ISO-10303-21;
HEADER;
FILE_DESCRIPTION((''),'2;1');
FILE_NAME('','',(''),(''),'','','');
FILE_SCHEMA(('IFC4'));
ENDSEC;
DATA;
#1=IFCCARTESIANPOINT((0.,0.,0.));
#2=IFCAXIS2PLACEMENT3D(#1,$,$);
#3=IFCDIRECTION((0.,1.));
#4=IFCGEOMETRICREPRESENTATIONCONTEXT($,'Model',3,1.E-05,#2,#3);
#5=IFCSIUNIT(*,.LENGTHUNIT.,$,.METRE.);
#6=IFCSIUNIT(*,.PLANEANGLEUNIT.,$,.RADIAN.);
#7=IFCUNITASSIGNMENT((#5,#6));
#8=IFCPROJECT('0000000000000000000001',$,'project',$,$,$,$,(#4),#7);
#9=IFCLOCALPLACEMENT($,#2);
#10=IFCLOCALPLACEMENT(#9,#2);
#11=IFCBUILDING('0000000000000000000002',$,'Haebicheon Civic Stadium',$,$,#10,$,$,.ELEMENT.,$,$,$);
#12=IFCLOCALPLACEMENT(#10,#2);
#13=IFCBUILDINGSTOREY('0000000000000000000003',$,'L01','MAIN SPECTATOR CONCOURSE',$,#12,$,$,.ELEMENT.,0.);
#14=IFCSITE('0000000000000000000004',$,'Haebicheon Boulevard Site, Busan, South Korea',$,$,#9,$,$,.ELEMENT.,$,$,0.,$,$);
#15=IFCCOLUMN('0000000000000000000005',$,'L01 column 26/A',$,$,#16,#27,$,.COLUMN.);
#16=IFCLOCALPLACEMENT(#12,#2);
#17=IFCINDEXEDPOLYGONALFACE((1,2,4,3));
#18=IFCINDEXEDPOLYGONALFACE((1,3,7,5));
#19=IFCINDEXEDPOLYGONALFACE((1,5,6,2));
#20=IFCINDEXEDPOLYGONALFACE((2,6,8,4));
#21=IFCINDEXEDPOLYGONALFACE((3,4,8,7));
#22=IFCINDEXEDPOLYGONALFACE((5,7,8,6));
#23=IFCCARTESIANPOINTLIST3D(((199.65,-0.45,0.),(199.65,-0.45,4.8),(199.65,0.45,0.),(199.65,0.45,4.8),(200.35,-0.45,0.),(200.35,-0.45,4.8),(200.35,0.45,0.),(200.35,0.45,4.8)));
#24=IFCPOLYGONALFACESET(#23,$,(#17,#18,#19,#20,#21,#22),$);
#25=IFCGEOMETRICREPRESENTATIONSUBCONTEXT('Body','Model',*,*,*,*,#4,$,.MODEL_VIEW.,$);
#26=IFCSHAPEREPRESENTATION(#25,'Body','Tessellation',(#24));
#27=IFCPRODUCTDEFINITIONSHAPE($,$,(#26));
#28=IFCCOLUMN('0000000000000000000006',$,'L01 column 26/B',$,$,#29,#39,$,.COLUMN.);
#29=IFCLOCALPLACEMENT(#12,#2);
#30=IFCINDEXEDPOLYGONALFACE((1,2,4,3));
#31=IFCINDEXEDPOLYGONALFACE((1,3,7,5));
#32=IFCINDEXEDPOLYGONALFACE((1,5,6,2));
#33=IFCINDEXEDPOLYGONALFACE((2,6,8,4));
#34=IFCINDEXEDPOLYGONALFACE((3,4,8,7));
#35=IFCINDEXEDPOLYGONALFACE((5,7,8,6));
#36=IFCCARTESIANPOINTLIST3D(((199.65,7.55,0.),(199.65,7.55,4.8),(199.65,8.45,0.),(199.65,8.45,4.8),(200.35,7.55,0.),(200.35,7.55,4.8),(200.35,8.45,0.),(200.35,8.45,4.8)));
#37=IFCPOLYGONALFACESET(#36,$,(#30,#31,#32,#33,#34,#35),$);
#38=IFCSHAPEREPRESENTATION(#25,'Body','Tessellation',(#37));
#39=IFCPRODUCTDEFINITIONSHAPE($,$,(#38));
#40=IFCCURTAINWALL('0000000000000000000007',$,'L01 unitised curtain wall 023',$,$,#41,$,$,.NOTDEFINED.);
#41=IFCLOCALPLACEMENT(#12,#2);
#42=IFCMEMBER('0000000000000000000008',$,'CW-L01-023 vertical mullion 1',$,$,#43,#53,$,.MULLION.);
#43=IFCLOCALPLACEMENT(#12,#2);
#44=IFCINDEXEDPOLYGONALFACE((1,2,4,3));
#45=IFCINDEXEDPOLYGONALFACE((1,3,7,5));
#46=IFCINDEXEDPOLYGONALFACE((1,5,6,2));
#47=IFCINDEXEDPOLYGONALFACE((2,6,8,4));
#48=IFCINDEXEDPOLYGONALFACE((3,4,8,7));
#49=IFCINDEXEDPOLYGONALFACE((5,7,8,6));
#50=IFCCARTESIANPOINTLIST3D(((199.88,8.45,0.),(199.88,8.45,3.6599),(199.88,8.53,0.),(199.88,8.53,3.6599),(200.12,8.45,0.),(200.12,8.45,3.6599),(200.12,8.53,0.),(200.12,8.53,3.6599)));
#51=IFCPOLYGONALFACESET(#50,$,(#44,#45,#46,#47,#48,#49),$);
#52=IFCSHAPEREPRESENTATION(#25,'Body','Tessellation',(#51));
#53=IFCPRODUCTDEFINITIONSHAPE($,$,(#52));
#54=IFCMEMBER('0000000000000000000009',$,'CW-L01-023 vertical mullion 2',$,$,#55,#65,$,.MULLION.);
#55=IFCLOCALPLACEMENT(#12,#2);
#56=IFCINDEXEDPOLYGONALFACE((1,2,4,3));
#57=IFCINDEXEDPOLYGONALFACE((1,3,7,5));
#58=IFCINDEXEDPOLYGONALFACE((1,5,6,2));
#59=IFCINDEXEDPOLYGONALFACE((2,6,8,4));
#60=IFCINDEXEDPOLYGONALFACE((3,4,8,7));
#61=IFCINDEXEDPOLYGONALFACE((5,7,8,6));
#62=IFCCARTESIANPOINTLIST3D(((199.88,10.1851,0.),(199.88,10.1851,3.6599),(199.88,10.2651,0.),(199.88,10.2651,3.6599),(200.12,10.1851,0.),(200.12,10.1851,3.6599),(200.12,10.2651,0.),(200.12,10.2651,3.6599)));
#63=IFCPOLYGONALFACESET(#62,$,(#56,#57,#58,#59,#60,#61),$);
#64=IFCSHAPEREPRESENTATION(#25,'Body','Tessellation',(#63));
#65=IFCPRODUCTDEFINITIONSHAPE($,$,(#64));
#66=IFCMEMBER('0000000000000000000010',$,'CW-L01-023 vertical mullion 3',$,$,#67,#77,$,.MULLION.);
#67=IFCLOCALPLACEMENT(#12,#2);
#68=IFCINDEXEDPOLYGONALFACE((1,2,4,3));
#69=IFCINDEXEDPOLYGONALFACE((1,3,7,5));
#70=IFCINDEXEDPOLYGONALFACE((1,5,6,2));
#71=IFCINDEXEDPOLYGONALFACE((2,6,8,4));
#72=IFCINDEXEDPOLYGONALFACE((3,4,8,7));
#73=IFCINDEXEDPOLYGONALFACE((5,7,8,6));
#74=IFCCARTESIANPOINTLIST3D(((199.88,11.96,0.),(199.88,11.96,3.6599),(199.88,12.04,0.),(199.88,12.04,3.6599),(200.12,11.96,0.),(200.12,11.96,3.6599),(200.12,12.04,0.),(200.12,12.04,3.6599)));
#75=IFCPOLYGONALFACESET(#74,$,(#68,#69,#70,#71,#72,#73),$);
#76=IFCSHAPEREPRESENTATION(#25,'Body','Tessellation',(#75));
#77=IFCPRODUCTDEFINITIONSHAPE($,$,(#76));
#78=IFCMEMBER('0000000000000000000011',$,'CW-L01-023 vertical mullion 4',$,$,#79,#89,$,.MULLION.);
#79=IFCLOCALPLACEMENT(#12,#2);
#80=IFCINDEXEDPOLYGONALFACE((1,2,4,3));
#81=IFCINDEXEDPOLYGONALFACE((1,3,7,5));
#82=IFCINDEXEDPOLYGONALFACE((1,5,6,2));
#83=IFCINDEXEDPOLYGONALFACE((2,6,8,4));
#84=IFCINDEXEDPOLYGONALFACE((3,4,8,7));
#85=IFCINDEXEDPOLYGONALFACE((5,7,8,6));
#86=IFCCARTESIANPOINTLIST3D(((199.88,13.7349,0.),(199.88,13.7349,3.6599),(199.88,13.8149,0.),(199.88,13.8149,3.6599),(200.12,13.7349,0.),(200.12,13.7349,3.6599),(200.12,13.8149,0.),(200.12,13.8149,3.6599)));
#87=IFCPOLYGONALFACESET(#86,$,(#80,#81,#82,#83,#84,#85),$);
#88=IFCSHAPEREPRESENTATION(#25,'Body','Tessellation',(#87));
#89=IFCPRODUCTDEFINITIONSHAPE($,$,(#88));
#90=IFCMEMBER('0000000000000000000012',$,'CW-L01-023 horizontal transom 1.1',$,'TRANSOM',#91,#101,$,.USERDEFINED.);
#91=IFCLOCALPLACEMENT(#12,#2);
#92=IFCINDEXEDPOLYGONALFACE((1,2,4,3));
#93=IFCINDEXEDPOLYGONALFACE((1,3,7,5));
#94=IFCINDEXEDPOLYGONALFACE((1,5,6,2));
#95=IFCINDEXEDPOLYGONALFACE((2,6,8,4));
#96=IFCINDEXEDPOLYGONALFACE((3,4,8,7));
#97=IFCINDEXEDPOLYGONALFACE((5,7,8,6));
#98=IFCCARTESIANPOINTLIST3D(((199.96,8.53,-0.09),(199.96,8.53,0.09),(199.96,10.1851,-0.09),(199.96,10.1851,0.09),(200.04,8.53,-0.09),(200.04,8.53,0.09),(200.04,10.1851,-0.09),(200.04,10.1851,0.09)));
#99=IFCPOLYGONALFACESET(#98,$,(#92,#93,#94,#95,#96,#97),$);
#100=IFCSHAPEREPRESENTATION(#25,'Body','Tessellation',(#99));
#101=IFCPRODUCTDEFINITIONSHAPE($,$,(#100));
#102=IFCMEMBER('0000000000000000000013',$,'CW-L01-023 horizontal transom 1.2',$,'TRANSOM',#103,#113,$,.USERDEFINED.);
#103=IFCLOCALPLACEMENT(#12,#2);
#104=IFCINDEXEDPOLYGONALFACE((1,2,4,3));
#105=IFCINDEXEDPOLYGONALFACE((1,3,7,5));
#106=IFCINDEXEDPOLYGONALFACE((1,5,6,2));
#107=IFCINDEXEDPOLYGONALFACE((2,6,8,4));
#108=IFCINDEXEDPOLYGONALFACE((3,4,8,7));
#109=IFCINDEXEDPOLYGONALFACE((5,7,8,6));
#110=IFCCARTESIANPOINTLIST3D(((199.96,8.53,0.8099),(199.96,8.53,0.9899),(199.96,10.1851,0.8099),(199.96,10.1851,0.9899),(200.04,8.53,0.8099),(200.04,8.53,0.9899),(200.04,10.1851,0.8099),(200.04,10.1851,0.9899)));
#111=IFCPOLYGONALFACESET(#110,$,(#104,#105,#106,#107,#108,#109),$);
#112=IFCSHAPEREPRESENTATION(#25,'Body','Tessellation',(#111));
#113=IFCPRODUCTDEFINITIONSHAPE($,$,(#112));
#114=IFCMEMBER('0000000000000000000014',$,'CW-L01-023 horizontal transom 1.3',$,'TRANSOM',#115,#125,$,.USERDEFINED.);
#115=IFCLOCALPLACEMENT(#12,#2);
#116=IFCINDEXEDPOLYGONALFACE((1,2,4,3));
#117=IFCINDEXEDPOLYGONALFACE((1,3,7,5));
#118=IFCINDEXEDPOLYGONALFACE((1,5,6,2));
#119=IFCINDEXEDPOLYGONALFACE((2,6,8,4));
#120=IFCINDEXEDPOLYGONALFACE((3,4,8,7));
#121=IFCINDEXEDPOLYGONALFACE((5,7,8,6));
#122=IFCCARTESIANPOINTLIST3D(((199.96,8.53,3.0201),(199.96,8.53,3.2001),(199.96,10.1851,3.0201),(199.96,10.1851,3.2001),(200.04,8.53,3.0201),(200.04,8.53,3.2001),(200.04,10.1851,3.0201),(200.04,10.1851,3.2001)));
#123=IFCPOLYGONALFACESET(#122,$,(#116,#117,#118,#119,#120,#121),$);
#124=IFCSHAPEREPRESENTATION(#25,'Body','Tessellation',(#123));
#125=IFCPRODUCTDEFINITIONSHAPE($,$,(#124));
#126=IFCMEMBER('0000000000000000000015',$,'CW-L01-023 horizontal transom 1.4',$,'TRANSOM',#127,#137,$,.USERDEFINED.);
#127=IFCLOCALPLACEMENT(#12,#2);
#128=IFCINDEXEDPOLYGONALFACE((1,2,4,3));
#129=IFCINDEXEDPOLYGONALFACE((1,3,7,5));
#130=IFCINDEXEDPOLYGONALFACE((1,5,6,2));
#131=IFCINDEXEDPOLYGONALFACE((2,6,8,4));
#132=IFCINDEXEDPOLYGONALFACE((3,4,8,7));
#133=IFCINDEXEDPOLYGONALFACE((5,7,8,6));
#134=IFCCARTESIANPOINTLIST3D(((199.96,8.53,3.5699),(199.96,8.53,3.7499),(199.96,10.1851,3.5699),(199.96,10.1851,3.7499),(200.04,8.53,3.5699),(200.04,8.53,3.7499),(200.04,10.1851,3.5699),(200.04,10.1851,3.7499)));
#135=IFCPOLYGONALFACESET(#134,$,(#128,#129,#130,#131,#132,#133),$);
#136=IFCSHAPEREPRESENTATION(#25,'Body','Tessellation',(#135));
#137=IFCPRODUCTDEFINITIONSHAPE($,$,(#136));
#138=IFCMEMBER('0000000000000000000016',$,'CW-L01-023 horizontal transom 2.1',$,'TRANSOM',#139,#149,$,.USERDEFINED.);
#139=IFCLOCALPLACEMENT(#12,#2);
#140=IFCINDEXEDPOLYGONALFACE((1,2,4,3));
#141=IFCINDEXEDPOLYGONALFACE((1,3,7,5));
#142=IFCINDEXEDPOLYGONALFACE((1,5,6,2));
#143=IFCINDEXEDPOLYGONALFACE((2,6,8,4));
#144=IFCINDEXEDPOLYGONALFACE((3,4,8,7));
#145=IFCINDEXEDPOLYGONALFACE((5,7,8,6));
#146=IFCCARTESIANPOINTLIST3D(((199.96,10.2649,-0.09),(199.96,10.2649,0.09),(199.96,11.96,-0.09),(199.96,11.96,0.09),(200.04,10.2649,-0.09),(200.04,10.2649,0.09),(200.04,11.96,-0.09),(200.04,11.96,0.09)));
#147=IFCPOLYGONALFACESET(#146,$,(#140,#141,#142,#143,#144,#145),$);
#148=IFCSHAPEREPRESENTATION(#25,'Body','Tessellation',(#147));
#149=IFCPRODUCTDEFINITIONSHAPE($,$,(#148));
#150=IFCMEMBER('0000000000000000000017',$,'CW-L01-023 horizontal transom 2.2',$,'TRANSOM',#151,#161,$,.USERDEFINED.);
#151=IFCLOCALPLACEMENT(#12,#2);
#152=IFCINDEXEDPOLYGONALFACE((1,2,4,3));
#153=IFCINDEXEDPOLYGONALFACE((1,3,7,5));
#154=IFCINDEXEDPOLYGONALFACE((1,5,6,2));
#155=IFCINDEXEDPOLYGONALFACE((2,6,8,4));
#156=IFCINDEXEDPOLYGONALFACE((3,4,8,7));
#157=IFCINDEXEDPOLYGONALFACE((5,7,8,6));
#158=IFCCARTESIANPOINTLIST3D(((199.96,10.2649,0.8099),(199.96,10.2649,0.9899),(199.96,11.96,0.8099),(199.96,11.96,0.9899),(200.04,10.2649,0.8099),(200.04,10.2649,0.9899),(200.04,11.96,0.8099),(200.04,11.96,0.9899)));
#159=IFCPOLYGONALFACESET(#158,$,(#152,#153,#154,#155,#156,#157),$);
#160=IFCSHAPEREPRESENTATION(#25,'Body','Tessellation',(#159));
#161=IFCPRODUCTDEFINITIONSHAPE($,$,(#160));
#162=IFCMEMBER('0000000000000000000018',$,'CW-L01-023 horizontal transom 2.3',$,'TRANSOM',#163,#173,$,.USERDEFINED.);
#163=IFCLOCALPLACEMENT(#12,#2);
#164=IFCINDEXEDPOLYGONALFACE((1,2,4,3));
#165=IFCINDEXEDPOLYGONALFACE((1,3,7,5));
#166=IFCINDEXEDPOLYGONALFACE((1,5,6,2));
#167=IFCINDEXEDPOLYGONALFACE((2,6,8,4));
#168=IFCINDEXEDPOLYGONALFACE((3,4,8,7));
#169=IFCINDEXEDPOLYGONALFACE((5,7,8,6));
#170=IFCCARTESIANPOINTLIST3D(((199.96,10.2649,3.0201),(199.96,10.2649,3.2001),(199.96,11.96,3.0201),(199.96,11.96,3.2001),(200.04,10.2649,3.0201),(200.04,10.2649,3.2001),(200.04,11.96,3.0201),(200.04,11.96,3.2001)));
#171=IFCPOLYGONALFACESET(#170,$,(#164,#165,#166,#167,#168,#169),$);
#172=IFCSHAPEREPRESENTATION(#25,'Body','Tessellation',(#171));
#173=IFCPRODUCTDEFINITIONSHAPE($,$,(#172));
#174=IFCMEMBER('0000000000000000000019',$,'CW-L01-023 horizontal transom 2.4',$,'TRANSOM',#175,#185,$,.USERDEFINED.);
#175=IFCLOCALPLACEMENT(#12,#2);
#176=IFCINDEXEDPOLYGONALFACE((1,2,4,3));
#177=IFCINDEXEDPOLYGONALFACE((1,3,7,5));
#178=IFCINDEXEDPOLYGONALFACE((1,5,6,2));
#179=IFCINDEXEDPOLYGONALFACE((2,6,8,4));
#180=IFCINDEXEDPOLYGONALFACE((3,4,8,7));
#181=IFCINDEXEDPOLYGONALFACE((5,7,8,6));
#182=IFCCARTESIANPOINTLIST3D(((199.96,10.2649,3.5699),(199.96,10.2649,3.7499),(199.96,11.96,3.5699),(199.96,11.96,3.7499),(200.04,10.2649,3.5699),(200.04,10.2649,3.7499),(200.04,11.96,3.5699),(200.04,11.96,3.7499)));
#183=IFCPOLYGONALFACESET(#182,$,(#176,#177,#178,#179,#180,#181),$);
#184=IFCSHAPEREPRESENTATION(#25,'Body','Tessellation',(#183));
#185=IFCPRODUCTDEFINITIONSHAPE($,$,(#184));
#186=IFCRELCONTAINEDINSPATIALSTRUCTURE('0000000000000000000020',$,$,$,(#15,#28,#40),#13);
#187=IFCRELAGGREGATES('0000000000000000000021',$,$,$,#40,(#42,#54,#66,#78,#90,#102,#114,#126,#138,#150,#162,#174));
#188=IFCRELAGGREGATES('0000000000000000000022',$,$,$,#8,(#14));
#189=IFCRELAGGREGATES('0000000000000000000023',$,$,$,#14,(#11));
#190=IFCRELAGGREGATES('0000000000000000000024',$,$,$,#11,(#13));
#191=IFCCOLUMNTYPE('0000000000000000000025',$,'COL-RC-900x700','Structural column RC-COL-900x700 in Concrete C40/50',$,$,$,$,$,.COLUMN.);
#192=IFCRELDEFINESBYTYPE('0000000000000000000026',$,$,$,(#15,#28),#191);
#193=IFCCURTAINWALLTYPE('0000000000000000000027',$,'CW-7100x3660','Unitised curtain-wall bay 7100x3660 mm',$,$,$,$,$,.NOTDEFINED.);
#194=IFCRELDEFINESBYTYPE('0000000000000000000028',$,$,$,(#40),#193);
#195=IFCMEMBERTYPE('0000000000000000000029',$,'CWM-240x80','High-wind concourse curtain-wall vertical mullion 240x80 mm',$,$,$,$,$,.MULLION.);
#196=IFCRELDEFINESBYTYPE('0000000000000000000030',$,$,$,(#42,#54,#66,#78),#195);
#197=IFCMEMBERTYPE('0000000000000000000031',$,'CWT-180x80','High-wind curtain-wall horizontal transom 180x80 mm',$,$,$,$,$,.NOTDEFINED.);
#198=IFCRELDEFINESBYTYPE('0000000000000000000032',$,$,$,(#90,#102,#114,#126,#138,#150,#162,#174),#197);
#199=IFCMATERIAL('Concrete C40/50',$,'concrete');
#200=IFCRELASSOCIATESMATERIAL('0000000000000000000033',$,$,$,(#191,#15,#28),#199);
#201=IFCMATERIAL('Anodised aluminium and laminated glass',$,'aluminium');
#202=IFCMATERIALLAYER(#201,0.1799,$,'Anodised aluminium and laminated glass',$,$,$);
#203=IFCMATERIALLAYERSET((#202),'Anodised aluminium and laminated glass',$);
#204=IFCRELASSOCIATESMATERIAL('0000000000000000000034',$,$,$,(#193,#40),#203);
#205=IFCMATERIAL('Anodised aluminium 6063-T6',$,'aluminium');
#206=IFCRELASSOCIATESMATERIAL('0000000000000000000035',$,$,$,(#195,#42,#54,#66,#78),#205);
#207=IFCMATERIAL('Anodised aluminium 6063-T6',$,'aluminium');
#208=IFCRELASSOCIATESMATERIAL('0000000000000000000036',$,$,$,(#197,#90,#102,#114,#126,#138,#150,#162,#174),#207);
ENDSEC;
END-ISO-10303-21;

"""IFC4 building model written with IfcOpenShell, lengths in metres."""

from ifc_helpers import new_model, si_unit, direction, frame, origin, origin_2d, place, context, subcontext, project, spatial, rectangle, extrude, material, layer, layer_set, material_profile, profile_set, type_object, element, aggregate, save


model = new_model("IFC4")

# Units and contexts
model_context = context("Model", 3, precision=1e-05, world=origin(), true_north=direction((0.0, 1.0)))
body_context = subcontext(model_context, "Body", "Model", "MODEL_VIEW")
ifc_project = project(units=[si_unit("LENGTHUNIT", "METRE"), si_unit("PLANEANGLEUNIT", "RADIAN")], contexts=[model_context])

# Site, building, storey
site_placement = place(None, origin())
site = spatial("IfcSite", under=ifc_project, at=site_placement, Name="Haebicheon Boulevard Site, Busan, South Korea", CompositionType="ELEMENT", RefElevation=0.0)
building_placement = place(site_placement, origin())
building = spatial("IfcBuilding", under=site, at=building_placement, Name="Haebicheon Civic Stadium", CompositionType="ELEMENT")
storey_placement = place(building_placement, origin())
storey = spatial("IfcBuildingStorey", under=building, at=storey_placement, Name="L01", Description="MAIN SPECTATOR CONCOURSE", CompositionType="ELEMENT", Elevation=0.0)

# Columns
ifc_material_1 = material(Name="Concrete C40/50", Category="concrete")
ifc_material_profile_1 = material_profile(ifc_material_1, rectangle(XDim=0.7, YDim=0.8999, at=origin_2d()), Name="RC-COL-900x700")
ifc_profile_set_1 = profile_set([ifc_material_profile_1], Name="Concrete C40/50")
column_type = type_object("IfcColumnType", Name="COL-RC-900x700", Description="Structural column RC-COL-900x700 in Concrete C40/50", PredefinedType="COLUMN", material=ifc_profile_set_1)
for number, where, z_axis, x_axis, name in (
    (1, (200.0, 0.0, 0.0), (0.0, 0.0, 1.0), (1.0, 0.0, 0.0), "L01 column 26/A"),
    (2, (200.0, 8.0, 0.0), (0.0, 0.0, 1.0), (1.0, 0.0, 0.0), "L01 column 26/B"),
):
    element("IfcColumn", number, at=place(storey_placement, frame(where, z_axis=z_axis, x_axis=x_axis)), inside=storey, type_object=column_type, material=ifc_profile_set_1, Name=name, PredefinedType="COLUMN", context=body_context, shape_type="SweptSolid", body=[
        extrude(rectangle(XDim=0.7, YDim=0.8999, at=origin_2d()), origin(), (0.0, 0.0, 1.0), 4.8),
    ])

# Curtain wall, members
ifc_material_2 = material(Name="Anodised aluminium and laminated glass", Category="aluminium")
ifc_layer_1 = layer(ifc_material_2, 0.1799, Name="Anodised aluminium and laminated glass")
ifc_layer_set_1 = layer_set([ifc_layer_1], Name="Anodised aluminium and laminated glass")
curtain_wall_type = type_object("IfcCurtainWallType", Name="CW-7100x3660", Description="Unitised curtain-wall bay 7100x3660 mm", PredefinedType="NOTDEFINED", material=ifc_layer_set_1)
curtain_wall_placement = place(storey_placement, origin())
curtain_wall = element("IfcCurtainWall", 3, at=curtain_wall_placement, inside=storey, type_object=curtain_wall_type, material=ifc_layer_set_1, Name="L01 unitised curtain wall 023", PredefinedType="NOTDEFINED")
ifc_material_3 = material(Name="Anodised aluminium 6063-T6", Category="aluminium")
ifc_material_profile_2 = material_profile(ifc_material_3, rectangle(XDim=0.0801, YDim=0.24, at=origin_2d()), Name="ALU-MULL-80x240")
ifc_profile_set_2 = profile_set([ifc_material_profile_2], Name="Anodised aluminium 6063-T6")
member_type_1 = type_object("IfcMemberType", Name="CWM-240x80", Description="High-wind concourse curtain-wall vertical mullion 240x80 mm", PredefinedType="MULLION", material=ifc_profile_set_2)
member_1_placement = place(storey_placement, frame((200.0, 8.49, 0.0), z_axis=(0.0, 0.0, 1.0), x_axis=(0.0, 1.0, 0.0)))
member_1 = element("IfcMember", 4, at=member_1_placement, type_object=member_type_1, material=ifc_profile_set_2, Name="CW-L01-023 vertical mullion 1", PredefinedType="MULLION", context=body_context, shape_type="SweptSolid", body=[
    extrude(rectangle(XDim=0.0801, YDim=0.24, at=origin_2d()), origin(), (0.0, 0.0, 1.0), 3.6599),
])
member_2_placement = place(storey_placement, frame((200.0, 10.2251, 0.0), z_axis=(0.0, 0.0, 1.0), x_axis=(0.0, 1.0, 0.0)))
member_2 = element("IfcMember", 5, at=member_2_placement, type_object=member_type_1, material=ifc_profile_set_2, Name="CW-L01-023 vertical mullion 2", PredefinedType="MULLION", context=body_context, shape_type="SweptSolid", body=[
    extrude(rectangle(XDim=0.0801, YDim=0.24, at=origin_2d()), origin(), (0.0, 0.0, 1.0), 3.6599),
])
member_3_placement = place(storey_placement, frame((200.0, 12.0, 0.0), z_axis=(0.0, 0.0, 1.0), x_axis=(0.0, 1.0, 0.0)))
member_3 = element("IfcMember", 6, at=member_3_placement, type_object=member_type_1, material=ifc_profile_set_2, Name="CW-L01-023 vertical mullion 3", PredefinedType="MULLION", context=body_context, shape_type="SweptSolid", body=[
    extrude(rectangle(XDim=0.0801, YDim=0.24, at=origin_2d()), origin(), (0.0, 0.0, 1.0), 3.6599),
])
member_4_placement = place(storey_placement, frame((200.0, 13.7749, 0.0), z_axis=(0.0, 0.0, 1.0), x_axis=(0.0, 1.0, 0.0)))
member_4 = element("IfcMember", 7, at=member_4_placement, type_object=member_type_1, material=ifc_profile_set_2, Name="CW-L01-023 vertical mullion 4", PredefinedType="MULLION", context=body_context, shape_type="SweptSolid", body=[
    extrude(rectangle(XDim=0.0801, YDim=0.24, at=origin_2d()), origin(), (0.0, 0.0, 1.0), 3.6599),
])
ifc_material_4 = material(Name="Anodised aluminium 6063-T6", Category="aluminium")
ifc_material_profile_3 = material_profile(ifc_material_4, rectangle(XDim=0.0801, YDim=0.1799, at=origin_2d()), Name="ALU-TRAN-80x180")
ifc_profile_set_3 = profile_set([ifc_material_profile_3], Name="Anodised aluminium 6063-T6")
member_type_2 = type_object("IfcMemberType", Name="CWT-180x80", Description="High-wind curtain-wall horizontal transom 180x80 mm", PredefinedType="NOTDEFINED", material=ifc_profile_set_3)
member_5_placement = place(storey_placement, frame((200.0, 8.53, 0.0), z_axis=(0.0, 1.0, 0.0), x_axis=(-1.0, 0.0, 0.0)))
member_5 = element("IfcMember", 8, at=member_5_placement, type_object=member_type_2, material=ifc_profile_set_3, Name="CW-L01-023 horizontal transom 1.1", ObjectType="TRANSOM", PredefinedType="USERDEFINED", context=body_context, shape_type="SweptSolid", body=[
    extrude(rectangle(XDim=0.0801, YDim=0.1799, at=origin_2d()), origin(), (0.0, 0.0, 1.0), 1.655),
])
member_6_placement = place(storey_placement, frame((200.0, 8.53, 0.8999), z_axis=(0.0, 1.0, 0.0), x_axis=(-1.0, 0.0, 0.0)))
member_6 = element("IfcMember", 9, at=member_6_placement, type_object=member_type_2, material=ifc_profile_set_3, Name="CW-L01-023 horizontal transom 1.2", ObjectType="TRANSOM", PredefinedType="USERDEFINED", context=body_context, shape_type="SweptSolid", body=[
    extrude(rectangle(XDim=0.0801, YDim=0.1799, at=origin_2d()), origin(), (0.0, 0.0, 1.0), 1.655),
])
member_7_placement = place(storey_placement, frame((200.0, 8.53, 3.1101), z_axis=(0.0, 1.0, 0.0), x_axis=(-1.0, 0.0, 0.0)))
member_7 = element("IfcMember", 10, at=member_7_placement, type_object=member_type_2, material=ifc_profile_set_3, Name="CW-L01-023 horizontal transom 1.3", ObjectType="TRANSOM", PredefinedType="USERDEFINED", context=body_context, shape_type="SweptSolid", body=[
    extrude(rectangle(XDim=0.0801, YDim=0.1799, at=origin_2d()), origin(), (0.0, 0.0, 1.0), 1.655),
])
member_8_placement = place(storey_placement, frame((200.0, 8.53, 3.6599), z_axis=(0.0, 1.0, 0.0), x_axis=(-1.0, 0.0, 0.0)))
member_8 = element("IfcMember", 11, at=member_8_placement, type_object=member_type_2, material=ifc_profile_set_3, Name="CW-L01-023 horizontal transom 1.4", ObjectType="TRANSOM", PredefinedType="USERDEFINED", context=body_context, shape_type="SweptSolid", body=[
    extrude(rectangle(XDim=0.0801, YDim=0.1799, at=origin_2d()), origin(), (0.0, 0.0, 1.0), 1.655),
])
member_9_placement = place(storey_placement, frame((200.0, 10.2649, 0.0), z_axis=(0.0, 1.0, 0.0), x_axis=(-1.0, 0.0, 0.0)))
member_9 = element("IfcMember", 12, at=member_9_placement, type_object=member_type_2, material=ifc_profile_set_3, Name="CW-L01-023 horizontal transom 2.1", ObjectType="TRANSOM", PredefinedType="USERDEFINED", context=body_context, shape_type="SweptSolid", body=[
    extrude(rectangle(XDim=0.0801, YDim=0.1799, at=origin_2d()), origin(), (0.0, 0.0, 1.0), 1.6951),
])
member_10_placement = place(storey_placement, frame((200.0, 10.2649, 0.8999), z_axis=(0.0, 1.0, 0.0), x_axis=(-1.0, 0.0, 0.0)))
member_10 = element("IfcMember", 13, at=member_10_placement, type_object=member_type_2, material=ifc_profile_set_3, Name="CW-L01-023 horizontal transom 2.2", ObjectType="TRANSOM", PredefinedType="USERDEFINED", context=body_context, shape_type="SweptSolid", body=[
    extrude(rectangle(XDim=0.0801, YDim=0.1799, at=origin_2d()), origin(), (0.0, 0.0, 1.0), 1.6951),
])
member_11_placement = place(storey_placement, frame((200.0, 10.2649, 3.1101), z_axis=(0.0, 1.0, 0.0), x_axis=(-1.0, 0.0, 0.0)))
member_11 = element("IfcMember", 14, at=member_11_placement, type_object=member_type_2, material=ifc_profile_set_3, Name="CW-L01-023 horizontal transom 2.3", ObjectType="TRANSOM", PredefinedType="USERDEFINED", context=body_context, shape_type="SweptSolid", body=[
    extrude(rectangle(XDim=0.0801, YDim=0.1799, at=origin_2d()), origin(), (0.0, 0.0, 1.0), 1.6951),
])
member_12_placement = place(storey_placement, frame((200.0, 10.2649, 3.6599), z_axis=(0.0, 1.0, 0.0), x_axis=(-1.0, 0.0, 0.0)))
member_12 = element("IfcMember", 15, at=member_12_placement, type_object=member_type_2, material=ifc_profile_set_3, Name="CW-L01-023 horizontal transom 2.4", ObjectType="TRANSOM", PredefinedType="USERDEFINED", context=body_context, shape_type="SweptSolid", body=[
    extrude(rectangle(XDim=0.0801, YDim=0.1799, at=origin_2d()), origin(), (0.0, 0.0, 1.0), 1.6951),
])

aggregate(curtain_wall, [member_1, member_2, member_3, member_4, member_5, member_6, member_7, member_8, member_9, member_10, member_11, member_12])

save(model, "model.ifc")
